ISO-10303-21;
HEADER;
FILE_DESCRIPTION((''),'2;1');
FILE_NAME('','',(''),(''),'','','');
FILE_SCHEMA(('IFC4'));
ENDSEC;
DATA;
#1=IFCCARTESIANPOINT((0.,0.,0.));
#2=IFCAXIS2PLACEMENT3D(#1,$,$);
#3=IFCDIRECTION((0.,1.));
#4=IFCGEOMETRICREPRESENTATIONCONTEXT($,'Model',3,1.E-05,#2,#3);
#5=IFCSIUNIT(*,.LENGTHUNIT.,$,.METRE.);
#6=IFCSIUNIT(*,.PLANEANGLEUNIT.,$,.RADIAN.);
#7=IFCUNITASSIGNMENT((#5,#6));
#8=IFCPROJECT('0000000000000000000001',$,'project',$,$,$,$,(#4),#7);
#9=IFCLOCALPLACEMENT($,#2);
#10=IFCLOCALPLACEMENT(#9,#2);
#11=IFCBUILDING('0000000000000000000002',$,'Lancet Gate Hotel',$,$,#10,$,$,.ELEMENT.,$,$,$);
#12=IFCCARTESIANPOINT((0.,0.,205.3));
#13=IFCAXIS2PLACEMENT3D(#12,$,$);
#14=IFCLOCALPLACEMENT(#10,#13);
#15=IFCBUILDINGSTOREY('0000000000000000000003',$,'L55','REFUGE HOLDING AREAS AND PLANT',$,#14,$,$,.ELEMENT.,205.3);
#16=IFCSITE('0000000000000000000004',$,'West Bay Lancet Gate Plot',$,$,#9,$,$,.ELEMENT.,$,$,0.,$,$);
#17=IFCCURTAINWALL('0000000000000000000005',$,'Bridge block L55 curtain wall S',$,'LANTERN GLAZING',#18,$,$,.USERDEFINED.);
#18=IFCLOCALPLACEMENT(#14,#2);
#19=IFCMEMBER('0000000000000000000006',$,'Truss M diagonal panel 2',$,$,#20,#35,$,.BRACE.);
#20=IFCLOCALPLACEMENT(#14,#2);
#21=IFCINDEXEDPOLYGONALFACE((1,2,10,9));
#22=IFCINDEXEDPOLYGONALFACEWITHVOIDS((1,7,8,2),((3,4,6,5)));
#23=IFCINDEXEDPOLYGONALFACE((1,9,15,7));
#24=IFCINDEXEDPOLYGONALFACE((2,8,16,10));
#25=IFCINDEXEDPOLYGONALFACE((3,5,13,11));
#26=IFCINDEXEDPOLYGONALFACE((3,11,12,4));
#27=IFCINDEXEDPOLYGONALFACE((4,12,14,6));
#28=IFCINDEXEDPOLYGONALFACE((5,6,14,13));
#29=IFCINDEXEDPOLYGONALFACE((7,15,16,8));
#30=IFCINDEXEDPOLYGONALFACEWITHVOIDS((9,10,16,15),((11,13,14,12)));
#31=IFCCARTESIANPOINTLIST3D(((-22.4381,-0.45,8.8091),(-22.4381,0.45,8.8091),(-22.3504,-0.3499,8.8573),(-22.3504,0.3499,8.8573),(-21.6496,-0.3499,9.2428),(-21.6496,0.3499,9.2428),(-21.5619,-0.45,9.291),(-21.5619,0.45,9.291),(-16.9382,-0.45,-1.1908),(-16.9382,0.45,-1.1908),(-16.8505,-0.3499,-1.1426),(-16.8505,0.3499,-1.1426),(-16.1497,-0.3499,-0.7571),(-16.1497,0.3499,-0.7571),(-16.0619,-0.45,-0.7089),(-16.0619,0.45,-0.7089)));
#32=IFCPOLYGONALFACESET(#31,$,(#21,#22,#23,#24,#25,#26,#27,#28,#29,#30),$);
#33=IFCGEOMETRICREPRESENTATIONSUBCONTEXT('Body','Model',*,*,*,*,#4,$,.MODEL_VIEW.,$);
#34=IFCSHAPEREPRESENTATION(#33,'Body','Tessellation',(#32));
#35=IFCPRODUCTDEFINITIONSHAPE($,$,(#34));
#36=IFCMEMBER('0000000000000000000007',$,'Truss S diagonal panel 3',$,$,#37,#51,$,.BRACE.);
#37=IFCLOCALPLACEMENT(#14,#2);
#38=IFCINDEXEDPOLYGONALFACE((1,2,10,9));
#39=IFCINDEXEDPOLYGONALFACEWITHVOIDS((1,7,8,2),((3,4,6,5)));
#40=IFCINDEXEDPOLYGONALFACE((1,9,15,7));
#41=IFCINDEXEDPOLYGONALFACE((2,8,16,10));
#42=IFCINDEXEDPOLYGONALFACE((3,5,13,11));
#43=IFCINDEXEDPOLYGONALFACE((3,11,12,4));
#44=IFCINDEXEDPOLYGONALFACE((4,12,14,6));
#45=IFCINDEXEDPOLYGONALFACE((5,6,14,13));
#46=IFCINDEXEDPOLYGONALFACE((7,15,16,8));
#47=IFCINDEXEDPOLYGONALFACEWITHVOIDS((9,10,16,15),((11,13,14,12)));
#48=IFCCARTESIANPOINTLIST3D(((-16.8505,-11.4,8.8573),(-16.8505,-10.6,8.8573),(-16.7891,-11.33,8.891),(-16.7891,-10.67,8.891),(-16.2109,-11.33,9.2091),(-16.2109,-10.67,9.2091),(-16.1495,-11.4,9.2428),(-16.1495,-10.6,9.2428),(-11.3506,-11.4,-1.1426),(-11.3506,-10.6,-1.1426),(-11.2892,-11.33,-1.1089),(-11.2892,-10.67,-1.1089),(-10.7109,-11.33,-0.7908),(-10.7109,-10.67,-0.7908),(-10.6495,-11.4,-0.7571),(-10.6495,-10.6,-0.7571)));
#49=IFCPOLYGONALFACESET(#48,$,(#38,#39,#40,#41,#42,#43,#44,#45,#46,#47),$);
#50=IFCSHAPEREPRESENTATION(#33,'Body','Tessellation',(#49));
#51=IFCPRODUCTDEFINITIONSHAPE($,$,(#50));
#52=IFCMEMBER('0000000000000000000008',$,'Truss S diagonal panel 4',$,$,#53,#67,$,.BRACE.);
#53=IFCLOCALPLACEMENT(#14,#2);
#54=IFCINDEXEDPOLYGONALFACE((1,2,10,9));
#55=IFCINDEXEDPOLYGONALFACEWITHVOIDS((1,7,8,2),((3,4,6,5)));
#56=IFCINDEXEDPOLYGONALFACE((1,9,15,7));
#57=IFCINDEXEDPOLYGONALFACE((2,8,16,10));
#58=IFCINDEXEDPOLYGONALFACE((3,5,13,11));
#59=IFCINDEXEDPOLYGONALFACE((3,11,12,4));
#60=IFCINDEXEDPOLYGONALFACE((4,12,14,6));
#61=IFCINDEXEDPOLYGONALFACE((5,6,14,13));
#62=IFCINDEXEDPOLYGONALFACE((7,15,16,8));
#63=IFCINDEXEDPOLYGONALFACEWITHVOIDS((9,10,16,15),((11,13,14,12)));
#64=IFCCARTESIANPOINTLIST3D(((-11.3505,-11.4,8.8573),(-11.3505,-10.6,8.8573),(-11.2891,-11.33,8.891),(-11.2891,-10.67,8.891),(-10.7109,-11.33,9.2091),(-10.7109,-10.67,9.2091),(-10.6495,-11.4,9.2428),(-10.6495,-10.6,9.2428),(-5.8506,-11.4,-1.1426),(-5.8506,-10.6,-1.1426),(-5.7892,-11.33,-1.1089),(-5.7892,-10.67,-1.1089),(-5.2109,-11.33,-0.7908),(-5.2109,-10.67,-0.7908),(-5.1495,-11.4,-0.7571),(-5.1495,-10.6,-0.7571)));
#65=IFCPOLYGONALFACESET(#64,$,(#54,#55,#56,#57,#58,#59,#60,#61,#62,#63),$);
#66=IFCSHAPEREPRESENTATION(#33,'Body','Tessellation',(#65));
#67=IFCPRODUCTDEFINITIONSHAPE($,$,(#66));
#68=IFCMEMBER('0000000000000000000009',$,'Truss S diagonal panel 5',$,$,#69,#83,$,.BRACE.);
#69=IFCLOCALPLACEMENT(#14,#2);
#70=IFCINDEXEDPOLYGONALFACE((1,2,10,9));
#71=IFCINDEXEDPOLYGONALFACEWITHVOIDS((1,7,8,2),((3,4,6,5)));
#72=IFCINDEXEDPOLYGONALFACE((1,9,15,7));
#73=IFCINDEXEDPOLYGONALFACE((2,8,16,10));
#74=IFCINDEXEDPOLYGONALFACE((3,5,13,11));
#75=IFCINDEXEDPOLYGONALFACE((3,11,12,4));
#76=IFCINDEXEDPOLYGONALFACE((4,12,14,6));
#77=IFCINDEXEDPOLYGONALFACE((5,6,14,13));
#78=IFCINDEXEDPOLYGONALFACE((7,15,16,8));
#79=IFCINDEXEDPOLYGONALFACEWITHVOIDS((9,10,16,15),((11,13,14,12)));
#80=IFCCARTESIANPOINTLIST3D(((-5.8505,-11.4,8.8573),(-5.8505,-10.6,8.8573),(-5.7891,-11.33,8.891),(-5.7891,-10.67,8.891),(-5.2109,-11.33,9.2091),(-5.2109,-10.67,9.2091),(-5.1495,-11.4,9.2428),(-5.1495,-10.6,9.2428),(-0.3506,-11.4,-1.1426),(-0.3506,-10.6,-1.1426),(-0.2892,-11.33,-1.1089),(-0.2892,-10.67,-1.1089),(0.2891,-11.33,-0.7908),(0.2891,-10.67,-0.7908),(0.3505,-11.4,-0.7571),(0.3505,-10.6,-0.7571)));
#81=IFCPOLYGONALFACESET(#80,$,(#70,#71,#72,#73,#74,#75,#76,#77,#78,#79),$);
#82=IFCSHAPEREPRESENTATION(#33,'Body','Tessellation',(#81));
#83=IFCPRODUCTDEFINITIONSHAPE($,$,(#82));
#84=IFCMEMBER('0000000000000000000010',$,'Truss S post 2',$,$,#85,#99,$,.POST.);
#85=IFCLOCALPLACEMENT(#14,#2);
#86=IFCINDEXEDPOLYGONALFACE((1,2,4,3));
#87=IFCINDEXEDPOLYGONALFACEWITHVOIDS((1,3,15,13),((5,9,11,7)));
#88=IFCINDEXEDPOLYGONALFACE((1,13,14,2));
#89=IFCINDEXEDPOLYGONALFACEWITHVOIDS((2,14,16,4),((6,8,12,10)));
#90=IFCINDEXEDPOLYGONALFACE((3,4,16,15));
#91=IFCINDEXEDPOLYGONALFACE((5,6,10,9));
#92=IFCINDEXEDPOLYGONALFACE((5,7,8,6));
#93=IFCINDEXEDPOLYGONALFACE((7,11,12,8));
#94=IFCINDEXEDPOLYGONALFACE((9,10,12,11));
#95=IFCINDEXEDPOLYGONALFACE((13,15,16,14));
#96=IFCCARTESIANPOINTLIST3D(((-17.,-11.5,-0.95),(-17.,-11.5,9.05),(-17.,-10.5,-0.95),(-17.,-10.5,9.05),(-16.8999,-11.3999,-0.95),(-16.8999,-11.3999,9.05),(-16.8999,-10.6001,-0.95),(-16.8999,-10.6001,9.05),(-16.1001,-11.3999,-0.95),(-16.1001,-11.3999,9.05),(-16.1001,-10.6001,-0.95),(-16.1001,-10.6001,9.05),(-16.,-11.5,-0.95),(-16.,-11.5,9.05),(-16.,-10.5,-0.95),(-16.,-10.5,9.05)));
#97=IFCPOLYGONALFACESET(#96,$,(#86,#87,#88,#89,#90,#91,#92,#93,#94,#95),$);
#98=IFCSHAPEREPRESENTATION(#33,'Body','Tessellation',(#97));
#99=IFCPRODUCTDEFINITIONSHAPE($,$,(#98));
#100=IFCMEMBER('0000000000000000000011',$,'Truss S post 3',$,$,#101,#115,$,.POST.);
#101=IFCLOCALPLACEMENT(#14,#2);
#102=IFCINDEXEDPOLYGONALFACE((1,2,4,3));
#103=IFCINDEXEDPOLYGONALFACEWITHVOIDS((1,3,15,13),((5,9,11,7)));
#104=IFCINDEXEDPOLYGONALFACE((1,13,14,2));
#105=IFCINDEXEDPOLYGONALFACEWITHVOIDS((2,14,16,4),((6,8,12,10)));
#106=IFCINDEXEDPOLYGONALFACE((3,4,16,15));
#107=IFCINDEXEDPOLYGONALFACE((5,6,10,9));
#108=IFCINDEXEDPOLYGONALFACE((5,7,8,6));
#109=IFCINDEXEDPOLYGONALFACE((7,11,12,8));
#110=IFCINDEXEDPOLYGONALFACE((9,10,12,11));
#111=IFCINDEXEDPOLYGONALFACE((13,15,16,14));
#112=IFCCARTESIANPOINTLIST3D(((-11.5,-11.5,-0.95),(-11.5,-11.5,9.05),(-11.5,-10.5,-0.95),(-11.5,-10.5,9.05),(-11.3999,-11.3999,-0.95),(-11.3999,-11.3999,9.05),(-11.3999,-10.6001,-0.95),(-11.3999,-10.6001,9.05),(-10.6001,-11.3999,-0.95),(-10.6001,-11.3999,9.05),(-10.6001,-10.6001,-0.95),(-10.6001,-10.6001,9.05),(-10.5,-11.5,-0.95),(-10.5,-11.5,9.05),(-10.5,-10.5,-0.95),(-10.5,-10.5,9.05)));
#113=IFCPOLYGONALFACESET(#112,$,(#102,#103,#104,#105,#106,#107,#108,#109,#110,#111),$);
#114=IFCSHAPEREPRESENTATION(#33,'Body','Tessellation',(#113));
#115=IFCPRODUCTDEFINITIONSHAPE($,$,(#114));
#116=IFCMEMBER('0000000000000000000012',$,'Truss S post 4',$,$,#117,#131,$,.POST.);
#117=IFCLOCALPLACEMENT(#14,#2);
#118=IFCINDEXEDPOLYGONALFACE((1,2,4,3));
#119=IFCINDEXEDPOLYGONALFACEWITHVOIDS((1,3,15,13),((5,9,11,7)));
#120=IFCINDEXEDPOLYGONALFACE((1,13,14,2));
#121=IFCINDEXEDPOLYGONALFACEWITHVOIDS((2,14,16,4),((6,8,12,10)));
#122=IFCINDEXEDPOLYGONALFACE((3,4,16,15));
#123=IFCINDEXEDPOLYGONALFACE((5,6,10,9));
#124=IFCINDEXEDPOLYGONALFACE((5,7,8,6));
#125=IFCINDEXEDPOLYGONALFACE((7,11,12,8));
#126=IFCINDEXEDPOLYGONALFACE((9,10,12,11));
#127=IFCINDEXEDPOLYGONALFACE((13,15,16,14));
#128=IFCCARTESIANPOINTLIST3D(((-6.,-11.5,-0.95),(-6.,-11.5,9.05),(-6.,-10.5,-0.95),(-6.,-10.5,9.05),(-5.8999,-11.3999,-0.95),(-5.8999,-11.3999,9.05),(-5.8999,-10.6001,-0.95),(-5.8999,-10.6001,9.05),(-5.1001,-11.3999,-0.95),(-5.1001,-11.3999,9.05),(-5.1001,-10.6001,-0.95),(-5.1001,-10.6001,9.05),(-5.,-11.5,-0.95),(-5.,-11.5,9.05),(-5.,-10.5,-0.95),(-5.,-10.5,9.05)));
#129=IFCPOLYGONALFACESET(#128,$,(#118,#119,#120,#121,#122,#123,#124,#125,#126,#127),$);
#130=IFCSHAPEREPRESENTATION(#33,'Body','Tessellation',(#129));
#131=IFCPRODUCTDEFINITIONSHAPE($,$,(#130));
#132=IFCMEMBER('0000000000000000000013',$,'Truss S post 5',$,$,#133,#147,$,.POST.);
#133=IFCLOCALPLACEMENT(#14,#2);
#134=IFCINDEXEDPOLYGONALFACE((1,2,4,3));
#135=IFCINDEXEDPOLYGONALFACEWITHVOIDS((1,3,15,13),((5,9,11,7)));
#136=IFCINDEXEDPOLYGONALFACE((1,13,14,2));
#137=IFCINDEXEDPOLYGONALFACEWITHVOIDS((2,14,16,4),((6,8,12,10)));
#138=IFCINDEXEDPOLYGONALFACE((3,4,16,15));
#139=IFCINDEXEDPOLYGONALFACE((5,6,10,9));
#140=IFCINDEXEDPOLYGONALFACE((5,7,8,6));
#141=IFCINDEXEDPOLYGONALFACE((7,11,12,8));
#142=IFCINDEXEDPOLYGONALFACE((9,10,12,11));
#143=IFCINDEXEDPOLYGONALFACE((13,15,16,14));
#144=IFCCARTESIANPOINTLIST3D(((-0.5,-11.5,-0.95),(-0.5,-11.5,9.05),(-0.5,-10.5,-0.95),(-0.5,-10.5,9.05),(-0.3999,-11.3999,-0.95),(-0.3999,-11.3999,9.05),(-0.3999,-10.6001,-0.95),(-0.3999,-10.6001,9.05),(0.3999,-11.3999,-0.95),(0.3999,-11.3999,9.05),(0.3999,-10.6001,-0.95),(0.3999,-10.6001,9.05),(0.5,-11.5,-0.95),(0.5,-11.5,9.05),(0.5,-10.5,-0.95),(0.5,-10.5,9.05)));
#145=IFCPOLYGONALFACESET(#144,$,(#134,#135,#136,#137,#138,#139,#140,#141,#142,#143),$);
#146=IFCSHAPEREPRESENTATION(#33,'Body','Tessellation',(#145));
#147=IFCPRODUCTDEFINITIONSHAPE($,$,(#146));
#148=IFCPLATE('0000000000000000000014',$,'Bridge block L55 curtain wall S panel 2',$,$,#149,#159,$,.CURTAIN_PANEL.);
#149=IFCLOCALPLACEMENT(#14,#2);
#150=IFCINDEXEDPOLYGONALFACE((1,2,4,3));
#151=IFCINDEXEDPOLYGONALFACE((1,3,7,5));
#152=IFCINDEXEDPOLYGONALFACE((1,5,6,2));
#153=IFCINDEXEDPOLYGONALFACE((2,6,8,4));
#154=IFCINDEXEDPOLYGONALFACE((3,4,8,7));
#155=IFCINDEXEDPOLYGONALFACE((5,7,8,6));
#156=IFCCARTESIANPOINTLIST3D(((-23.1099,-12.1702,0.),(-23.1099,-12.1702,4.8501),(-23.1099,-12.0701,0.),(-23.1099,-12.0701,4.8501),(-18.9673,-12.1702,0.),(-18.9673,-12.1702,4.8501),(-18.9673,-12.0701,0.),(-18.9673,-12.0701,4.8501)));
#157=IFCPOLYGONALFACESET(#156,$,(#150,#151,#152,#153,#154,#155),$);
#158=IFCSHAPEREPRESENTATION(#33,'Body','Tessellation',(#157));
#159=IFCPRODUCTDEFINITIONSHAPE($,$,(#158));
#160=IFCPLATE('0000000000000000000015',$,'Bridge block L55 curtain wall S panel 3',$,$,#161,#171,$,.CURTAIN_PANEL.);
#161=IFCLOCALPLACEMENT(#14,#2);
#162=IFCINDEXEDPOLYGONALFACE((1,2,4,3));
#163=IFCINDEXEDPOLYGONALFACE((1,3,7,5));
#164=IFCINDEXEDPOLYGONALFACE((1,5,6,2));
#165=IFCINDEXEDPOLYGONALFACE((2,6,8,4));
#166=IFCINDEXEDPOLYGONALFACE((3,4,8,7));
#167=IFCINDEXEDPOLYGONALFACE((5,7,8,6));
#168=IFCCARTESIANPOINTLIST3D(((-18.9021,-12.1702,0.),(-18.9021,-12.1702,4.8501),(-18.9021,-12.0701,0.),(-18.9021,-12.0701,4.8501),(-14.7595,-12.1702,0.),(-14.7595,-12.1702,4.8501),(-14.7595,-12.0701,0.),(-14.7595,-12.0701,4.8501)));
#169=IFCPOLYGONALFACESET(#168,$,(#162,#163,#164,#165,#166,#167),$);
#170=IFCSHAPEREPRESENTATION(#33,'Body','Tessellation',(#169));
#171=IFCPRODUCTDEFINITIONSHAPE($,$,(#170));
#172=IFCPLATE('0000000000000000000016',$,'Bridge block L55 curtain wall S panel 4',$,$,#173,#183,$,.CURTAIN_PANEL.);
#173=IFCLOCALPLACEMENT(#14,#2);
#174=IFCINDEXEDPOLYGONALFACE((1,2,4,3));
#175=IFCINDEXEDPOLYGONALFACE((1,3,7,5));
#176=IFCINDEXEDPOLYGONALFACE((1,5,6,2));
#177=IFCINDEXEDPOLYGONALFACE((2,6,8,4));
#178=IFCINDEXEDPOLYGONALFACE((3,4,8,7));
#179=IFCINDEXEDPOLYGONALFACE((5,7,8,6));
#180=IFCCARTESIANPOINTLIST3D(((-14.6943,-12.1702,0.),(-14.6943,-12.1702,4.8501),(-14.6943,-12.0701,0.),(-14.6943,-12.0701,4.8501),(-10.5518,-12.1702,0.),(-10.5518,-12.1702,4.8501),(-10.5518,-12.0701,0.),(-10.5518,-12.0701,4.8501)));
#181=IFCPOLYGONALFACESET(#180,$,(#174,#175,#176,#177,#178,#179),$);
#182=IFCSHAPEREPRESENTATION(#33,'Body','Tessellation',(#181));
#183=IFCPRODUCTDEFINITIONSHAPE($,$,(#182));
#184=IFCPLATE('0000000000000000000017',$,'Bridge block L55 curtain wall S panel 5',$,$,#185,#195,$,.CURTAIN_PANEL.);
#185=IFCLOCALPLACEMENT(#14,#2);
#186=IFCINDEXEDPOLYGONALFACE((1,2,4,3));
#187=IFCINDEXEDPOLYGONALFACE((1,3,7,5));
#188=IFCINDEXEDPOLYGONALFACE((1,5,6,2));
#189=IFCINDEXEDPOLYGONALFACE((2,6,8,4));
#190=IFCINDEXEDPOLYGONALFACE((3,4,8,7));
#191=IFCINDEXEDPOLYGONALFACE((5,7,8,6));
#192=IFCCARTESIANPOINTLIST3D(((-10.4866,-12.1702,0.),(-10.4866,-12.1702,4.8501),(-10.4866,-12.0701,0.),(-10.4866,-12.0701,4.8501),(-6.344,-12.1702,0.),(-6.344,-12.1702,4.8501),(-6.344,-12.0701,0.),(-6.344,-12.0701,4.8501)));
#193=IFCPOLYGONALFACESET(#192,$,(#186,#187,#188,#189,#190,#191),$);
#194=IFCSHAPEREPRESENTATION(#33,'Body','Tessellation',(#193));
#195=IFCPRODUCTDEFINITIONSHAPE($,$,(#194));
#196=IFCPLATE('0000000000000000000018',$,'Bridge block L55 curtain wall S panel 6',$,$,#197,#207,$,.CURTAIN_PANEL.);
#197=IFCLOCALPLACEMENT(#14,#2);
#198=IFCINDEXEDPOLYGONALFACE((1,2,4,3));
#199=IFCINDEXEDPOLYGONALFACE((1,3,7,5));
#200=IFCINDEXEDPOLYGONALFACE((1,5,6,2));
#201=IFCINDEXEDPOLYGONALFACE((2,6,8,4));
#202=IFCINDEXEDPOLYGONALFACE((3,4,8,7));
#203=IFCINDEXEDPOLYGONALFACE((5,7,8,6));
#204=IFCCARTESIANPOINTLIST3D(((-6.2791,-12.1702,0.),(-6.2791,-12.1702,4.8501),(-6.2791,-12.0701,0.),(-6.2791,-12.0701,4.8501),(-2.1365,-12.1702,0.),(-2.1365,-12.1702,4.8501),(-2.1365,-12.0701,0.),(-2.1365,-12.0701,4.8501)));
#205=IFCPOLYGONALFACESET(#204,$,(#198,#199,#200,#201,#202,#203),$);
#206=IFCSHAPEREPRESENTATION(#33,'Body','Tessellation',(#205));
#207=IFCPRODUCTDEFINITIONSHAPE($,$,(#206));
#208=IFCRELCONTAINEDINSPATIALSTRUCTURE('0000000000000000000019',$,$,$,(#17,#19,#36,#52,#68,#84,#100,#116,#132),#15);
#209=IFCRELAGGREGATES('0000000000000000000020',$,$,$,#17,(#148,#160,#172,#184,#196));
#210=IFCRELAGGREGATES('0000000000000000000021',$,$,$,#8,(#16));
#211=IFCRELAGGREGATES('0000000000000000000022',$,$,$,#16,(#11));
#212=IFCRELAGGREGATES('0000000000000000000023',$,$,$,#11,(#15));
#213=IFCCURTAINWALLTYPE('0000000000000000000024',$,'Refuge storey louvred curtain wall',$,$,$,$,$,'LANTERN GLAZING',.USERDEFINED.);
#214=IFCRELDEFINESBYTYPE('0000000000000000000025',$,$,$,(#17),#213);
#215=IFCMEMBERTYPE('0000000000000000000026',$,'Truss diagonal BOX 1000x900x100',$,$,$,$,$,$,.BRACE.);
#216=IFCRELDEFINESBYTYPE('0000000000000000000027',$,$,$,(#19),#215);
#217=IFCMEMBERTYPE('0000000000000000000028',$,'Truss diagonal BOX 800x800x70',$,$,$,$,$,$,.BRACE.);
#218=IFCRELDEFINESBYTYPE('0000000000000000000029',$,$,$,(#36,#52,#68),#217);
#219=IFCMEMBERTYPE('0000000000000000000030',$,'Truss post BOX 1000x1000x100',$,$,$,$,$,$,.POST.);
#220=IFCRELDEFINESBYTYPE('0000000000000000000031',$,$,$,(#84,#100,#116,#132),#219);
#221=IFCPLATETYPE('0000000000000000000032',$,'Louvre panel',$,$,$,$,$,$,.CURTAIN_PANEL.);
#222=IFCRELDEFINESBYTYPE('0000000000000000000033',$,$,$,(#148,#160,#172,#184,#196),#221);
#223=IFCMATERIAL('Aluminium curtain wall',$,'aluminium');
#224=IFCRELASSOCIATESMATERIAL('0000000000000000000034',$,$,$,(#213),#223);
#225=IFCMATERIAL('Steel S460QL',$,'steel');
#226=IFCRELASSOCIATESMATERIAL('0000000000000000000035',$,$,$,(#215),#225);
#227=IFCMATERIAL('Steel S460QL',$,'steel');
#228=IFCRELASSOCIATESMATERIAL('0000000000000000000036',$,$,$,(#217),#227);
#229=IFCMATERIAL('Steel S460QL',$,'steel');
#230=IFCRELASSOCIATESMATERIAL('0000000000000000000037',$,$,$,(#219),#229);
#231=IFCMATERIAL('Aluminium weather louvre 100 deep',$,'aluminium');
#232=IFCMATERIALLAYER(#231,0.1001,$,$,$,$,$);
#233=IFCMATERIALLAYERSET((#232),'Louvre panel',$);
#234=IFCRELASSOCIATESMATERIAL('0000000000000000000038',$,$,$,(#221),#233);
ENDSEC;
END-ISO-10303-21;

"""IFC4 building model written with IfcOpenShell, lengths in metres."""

from ifc_helpers import new_model, si_unit, direction, frame, origin, origin_2d, place, context, subcontext, project, spatial, rectangle, hollow_rectangle, extrude, material, layer, layer_set, material_profile, profile_set, type_object, element, aggregate, save


model = new_model("IFC4")

# Units and contexts
model_context = context("Model", 3, precision=1e-05, world=origin(), true_north=direction((0.0, 1.0)))
body_context = subcontext(model_context, "Body", "Model", "MODEL_VIEW")
ifc_project = project(units=[si_unit("LENGTHUNIT", "METRE"), si_unit("PLANEANGLEUNIT", "RADIAN")], contexts=[model_context])

# Site, building, storey
site_placement = place(None, origin())
site = spatial("IfcSite", under=ifc_project, at=site_placement, Name="West Bay Lancet Gate Plot", CompositionType="ELEMENT", RefElevation=0.0)
building_placement = place(site_placement, origin())
building = spatial("IfcBuilding", under=site, at=building_placement, Name="Lancet Gate Hotel", CompositionType="ELEMENT")
storey_placement = place(building_placement, frame((0.0, 0.0, 205.3)))
storey = spatial("IfcBuildingStorey", under=building, at=storey_placement, Name="L55", Description="REFUGE HOLDING AREAS AND PLANT", CompositionType="ELEMENT", Elevation=205.3)

# Curtain wall
ifc_material_1 = material(Name="Aluminium curtain wall", Category="aluminium")
curtain_wall_type = type_object("IfcCurtainWallType", Name="Refuge storey louvred curtain wall", ElementType="LANTERN GLAZING", PredefinedType="USERDEFINED", material=ifc_material_1)
curtain_wall_placement = place(storey_placement, origin())
curtain_wall = element("IfcCurtainWall", 1, at=curtain_wall_placement, inside=storey, type_object=curtain_wall_type, Name="Bridge block L55 curtain wall S", ObjectType="LANTERN GLAZING", PredefinedType="USERDEFINED")

# Members
ifc_material_2 = material(Name="Steel S460QL", Category="steel")
ifc_material_profile_1 = material_profile(ifc_material_2, hollow_rectangle(XDim=0.8999, YDim=1.0, WallThickness=0.1001, at=origin_2d()), Name="BOX 1000x900x100")
ifc_profile_set_1 = profile_set([ifc_material_profile_1], Name="Steel S460QL")
member_type_1 = type_object("IfcMemberType", Name="Truss diagonal BOX 1000x900x100", PredefinedType="BRACE", material=ifc_profile_set_1)
member_1_placement = place(storey_placement, frame((-22.0, 0.0, 9.05), z_axis=(0.481919, 0.0, -0.876216), x_axis=(0.0, 1.0, 0.0)))
element("IfcMember", 2, at=member_1_placement, inside=storey, type_object=member_type_1, Name="Truss M diagonal panel 2", PredefinedType="BRACE", context=body_context, shape_type="SweptSolid", body=[
    extrude(hollow_rectangle(XDim=0.8999, YDim=1.0, WallThickness=0.1001, at=origin_2d()), origin(), (0.0, 0.0, 1.0), 11.4126),
])
ifc_material_3 = material(Name="Steel S460QL", Category="steel")
ifc_material_profile_2 = material_profile(ifc_material_3, hollow_rectangle(XDim=0.8, YDim=0.8, WallThickness=0.0701, at=origin_2d()), Name="BOX 800x800x70")
ifc_profile_set_2 = profile_set([ifc_material_profile_2], Name="Steel S460QL")
member_type_2 = type_object("IfcMemberType", Name="Truss diagonal BOX 800x800x70", PredefinedType="BRACE", material=ifc_profile_set_2)
for number, where, z_axis, x_axis, name in (
    (3, (-16.5, -11.0, 9.05), (0.481919, 0.0, -0.876216), (0.0, 1.0, 0.0), "Truss S diagonal panel 3"),
    (4, (-11.0, -11.0, 9.05), (0.481919, 0.0, -0.876216), (0.0, 1.0, 0.0), "Truss S diagonal panel 4"),
    (5, (-5.5, -11.0, 9.05), (0.481919, 0.0, -0.876216), (0.0, 1.0, 0.0), "Truss S diagonal panel 5"),
):
    element("IfcMember", number, at=place(storey_placement, frame(where, z_axis=z_axis, x_axis=x_axis)), inside=storey, type_object=member_type_2, Name=name, PredefinedType="BRACE", context=body_context, shape_type="SweptSolid", body=[
        extrude(hollow_rectangle(XDim=0.8, YDim=0.8, WallThickness=0.0701, at=origin_2d()), origin(), (0.0, 0.0, 1.0), 11.4126),
    ])
ifc_material_4 = material(Name="Steel S460QL", Category="steel")
ifc_material_profile_3 = material_profile(ifc_material_4, hollow_rectangle(XDim=1.0, YDim=1.0, WallThickness=0.1001, at=origin_2d()), Name="BOX 1000x1000x100")
ifc_profile_set_3 = profile_set([ifc_material_profile_3], Name="Steel S460QL")
member_type_3 = type_object("IfcMemberType", Name="Truss post BOX 1000x1000x100", PredefinedType="POST", material=ifc_profile_set_3)
for number, where, z_axis, x_axis, name in (
    (6, (-16.5, -11.0, -0.95), (0.0, 0.0, 1.0), (1.0, 0.0, 0.0), "Truss S post 2"),
    (7, (-11.0, -11.0, -0.95), (0.0, 0.0, 1.0), (1.0, 0.0, 0.0), "Truss S post 3"),
    (8, (-5.5, -11.0, -0.95), (0.0, 0.0, 1.0), (1.0, 0.0, 0.0), "Truss S post 4"),
    (9, (0.0, -11.0, -0.95), (0.0, 0.0, 1.0), (1.0, 0.0, 0.0), "Truss S post 5"),
):
    element("IfcMember", number, at=place(storey_placement, frame(where, z_axis=z_axis, x_axis=x_axis)), inside=storey, type_object=member_type_3, Name=name, PredefinedType="POST", context=body_context, shape_type="SweptSolid", body=[
        extrude(hollow_rectangle(XDim=1.0, YDim=1.0, WallThickness=0.1001, at=origin_2d()), origin(), (0.0, 0.0, 1.0), 10.0),
    ])

# Plates
ifc_material_5 = material(Name="Aluminium weather louvre 100 deep", Category="aluminium")
ifc_layer = layer(ifc_material_5, 0.1001)
ifc_layer_set = layer_set([ifc_layer], Name="Louvre panel")
plate_type = type_object("IfcPlateType", Name="Louvre panel", PredefinedType="CURTAIN_PANEL", material=ifc_layer_set)
plate_1_placement = place(storey_placement, frame((-21.0386, -12.1201, 0.0), z_axis=(0.0, 0.0, 1.0), x_axis=(1.0, 0.0, 0.0)))
plate_1 = element("IfcPlate", 10, at=plate_1_placement, type_object=plate_type, Name="Bridge block L55 curtain wall S panel 2", PredefinedType="CURTAIN_PANEL", context=body_context, shape_type="SweptSolid", body=[
    extrude(rectangle(XDim=4.1426, YDim=0.1001, at=origin_2d()), origin(), (0.0, 0.0, 1.0), 4.8501),
])
plate_2_placement = place(storey_placement, frame((-16.8308, -12.1201, 0.0), z_axis=(0.0, 0.0, 1.0), x_axis=(1.0, 0.0, 0.0)))
plate_2 = element("IfcPlate", 11, at=plate_2_placement, type_object=plate_type, Name="Bridge block L55 curtain wall S panel 3", PredefinedType="CURTAIN_PANEL", context=body_context, shape_type="SweptSolid", body=[
    extrude(rectangle(XDim=4.1426, YDim=0.1001, at=origin_2d()), origin(), (0.0, 0.0, 1.0), 4.8501),
])
plate_3_placement = place(storey_placement, frame((-12.623, -12.1201, 0.0), z_axis=(0.0, 0.0, 1.0), x_axis=(1.0, 0.0, 0.0)))
plate_3 = element("IfcPlate", 12, at=plate_3_placement, type_object=plate_type, Name="Bridge block L55 curtain wall S panel 4", PredefinedType="CURTAIN_PANEL", context=body_context, shape_type="SweptSolid", body=[
    extrude(rectangle(XDim=4.1426, YDim=0.1001, at=origin_2d()), origin(), (0.0, 0.0, 1.0), 4.8501),
])
plate_4_placement = place(storey_placement, frame((-8.4153, -12.1201, 0.0), z_axis=(0.0, 0.0, 1.0), x_axis=(1.0, 0.0, 0.0)))
plate_4 = element("IfcPlate", 13, at=plate_4_placement, type_object=plate_type, Name="Bridge block L55 curtain wall S panel 5", PredefinedType="CURTAIN_PANEL", context=body_context, shape_type="SweptSolid", body=[
    extrude(rectangle(XDim=4.1426, YDim=0.1001, at=origin_2d()), origin(), (0.0, 0.0, 1.0), 4.8501),
])
plate_5_placement = place(storey_placement, frame((-4.2078, -12.1201, 0.0), z_axis=(0.0, 0.0, 1.0), x_axis=(1.0, 0.0, 0.0)))
plate_5 = element("IfcPlate", 14, at=plate_5_placement, type_object=plate_type, Name="Bridge block L55 curtain wall S panel 6", PredefinedType="CURTAIN_PANEL", context=body_context, shape_type="SweptSolid", body=[
    extrude(rectangle(XDim=4.1426, YDim=0.1001, at=origin_2d()), origin(), (0.0, 0.0, 1.0), 4.8501),
])
aggregate(curtain_wall, [plate_1, plate_2, plate_3, plate_4, plate_5])

save(model, "model.ifc")
